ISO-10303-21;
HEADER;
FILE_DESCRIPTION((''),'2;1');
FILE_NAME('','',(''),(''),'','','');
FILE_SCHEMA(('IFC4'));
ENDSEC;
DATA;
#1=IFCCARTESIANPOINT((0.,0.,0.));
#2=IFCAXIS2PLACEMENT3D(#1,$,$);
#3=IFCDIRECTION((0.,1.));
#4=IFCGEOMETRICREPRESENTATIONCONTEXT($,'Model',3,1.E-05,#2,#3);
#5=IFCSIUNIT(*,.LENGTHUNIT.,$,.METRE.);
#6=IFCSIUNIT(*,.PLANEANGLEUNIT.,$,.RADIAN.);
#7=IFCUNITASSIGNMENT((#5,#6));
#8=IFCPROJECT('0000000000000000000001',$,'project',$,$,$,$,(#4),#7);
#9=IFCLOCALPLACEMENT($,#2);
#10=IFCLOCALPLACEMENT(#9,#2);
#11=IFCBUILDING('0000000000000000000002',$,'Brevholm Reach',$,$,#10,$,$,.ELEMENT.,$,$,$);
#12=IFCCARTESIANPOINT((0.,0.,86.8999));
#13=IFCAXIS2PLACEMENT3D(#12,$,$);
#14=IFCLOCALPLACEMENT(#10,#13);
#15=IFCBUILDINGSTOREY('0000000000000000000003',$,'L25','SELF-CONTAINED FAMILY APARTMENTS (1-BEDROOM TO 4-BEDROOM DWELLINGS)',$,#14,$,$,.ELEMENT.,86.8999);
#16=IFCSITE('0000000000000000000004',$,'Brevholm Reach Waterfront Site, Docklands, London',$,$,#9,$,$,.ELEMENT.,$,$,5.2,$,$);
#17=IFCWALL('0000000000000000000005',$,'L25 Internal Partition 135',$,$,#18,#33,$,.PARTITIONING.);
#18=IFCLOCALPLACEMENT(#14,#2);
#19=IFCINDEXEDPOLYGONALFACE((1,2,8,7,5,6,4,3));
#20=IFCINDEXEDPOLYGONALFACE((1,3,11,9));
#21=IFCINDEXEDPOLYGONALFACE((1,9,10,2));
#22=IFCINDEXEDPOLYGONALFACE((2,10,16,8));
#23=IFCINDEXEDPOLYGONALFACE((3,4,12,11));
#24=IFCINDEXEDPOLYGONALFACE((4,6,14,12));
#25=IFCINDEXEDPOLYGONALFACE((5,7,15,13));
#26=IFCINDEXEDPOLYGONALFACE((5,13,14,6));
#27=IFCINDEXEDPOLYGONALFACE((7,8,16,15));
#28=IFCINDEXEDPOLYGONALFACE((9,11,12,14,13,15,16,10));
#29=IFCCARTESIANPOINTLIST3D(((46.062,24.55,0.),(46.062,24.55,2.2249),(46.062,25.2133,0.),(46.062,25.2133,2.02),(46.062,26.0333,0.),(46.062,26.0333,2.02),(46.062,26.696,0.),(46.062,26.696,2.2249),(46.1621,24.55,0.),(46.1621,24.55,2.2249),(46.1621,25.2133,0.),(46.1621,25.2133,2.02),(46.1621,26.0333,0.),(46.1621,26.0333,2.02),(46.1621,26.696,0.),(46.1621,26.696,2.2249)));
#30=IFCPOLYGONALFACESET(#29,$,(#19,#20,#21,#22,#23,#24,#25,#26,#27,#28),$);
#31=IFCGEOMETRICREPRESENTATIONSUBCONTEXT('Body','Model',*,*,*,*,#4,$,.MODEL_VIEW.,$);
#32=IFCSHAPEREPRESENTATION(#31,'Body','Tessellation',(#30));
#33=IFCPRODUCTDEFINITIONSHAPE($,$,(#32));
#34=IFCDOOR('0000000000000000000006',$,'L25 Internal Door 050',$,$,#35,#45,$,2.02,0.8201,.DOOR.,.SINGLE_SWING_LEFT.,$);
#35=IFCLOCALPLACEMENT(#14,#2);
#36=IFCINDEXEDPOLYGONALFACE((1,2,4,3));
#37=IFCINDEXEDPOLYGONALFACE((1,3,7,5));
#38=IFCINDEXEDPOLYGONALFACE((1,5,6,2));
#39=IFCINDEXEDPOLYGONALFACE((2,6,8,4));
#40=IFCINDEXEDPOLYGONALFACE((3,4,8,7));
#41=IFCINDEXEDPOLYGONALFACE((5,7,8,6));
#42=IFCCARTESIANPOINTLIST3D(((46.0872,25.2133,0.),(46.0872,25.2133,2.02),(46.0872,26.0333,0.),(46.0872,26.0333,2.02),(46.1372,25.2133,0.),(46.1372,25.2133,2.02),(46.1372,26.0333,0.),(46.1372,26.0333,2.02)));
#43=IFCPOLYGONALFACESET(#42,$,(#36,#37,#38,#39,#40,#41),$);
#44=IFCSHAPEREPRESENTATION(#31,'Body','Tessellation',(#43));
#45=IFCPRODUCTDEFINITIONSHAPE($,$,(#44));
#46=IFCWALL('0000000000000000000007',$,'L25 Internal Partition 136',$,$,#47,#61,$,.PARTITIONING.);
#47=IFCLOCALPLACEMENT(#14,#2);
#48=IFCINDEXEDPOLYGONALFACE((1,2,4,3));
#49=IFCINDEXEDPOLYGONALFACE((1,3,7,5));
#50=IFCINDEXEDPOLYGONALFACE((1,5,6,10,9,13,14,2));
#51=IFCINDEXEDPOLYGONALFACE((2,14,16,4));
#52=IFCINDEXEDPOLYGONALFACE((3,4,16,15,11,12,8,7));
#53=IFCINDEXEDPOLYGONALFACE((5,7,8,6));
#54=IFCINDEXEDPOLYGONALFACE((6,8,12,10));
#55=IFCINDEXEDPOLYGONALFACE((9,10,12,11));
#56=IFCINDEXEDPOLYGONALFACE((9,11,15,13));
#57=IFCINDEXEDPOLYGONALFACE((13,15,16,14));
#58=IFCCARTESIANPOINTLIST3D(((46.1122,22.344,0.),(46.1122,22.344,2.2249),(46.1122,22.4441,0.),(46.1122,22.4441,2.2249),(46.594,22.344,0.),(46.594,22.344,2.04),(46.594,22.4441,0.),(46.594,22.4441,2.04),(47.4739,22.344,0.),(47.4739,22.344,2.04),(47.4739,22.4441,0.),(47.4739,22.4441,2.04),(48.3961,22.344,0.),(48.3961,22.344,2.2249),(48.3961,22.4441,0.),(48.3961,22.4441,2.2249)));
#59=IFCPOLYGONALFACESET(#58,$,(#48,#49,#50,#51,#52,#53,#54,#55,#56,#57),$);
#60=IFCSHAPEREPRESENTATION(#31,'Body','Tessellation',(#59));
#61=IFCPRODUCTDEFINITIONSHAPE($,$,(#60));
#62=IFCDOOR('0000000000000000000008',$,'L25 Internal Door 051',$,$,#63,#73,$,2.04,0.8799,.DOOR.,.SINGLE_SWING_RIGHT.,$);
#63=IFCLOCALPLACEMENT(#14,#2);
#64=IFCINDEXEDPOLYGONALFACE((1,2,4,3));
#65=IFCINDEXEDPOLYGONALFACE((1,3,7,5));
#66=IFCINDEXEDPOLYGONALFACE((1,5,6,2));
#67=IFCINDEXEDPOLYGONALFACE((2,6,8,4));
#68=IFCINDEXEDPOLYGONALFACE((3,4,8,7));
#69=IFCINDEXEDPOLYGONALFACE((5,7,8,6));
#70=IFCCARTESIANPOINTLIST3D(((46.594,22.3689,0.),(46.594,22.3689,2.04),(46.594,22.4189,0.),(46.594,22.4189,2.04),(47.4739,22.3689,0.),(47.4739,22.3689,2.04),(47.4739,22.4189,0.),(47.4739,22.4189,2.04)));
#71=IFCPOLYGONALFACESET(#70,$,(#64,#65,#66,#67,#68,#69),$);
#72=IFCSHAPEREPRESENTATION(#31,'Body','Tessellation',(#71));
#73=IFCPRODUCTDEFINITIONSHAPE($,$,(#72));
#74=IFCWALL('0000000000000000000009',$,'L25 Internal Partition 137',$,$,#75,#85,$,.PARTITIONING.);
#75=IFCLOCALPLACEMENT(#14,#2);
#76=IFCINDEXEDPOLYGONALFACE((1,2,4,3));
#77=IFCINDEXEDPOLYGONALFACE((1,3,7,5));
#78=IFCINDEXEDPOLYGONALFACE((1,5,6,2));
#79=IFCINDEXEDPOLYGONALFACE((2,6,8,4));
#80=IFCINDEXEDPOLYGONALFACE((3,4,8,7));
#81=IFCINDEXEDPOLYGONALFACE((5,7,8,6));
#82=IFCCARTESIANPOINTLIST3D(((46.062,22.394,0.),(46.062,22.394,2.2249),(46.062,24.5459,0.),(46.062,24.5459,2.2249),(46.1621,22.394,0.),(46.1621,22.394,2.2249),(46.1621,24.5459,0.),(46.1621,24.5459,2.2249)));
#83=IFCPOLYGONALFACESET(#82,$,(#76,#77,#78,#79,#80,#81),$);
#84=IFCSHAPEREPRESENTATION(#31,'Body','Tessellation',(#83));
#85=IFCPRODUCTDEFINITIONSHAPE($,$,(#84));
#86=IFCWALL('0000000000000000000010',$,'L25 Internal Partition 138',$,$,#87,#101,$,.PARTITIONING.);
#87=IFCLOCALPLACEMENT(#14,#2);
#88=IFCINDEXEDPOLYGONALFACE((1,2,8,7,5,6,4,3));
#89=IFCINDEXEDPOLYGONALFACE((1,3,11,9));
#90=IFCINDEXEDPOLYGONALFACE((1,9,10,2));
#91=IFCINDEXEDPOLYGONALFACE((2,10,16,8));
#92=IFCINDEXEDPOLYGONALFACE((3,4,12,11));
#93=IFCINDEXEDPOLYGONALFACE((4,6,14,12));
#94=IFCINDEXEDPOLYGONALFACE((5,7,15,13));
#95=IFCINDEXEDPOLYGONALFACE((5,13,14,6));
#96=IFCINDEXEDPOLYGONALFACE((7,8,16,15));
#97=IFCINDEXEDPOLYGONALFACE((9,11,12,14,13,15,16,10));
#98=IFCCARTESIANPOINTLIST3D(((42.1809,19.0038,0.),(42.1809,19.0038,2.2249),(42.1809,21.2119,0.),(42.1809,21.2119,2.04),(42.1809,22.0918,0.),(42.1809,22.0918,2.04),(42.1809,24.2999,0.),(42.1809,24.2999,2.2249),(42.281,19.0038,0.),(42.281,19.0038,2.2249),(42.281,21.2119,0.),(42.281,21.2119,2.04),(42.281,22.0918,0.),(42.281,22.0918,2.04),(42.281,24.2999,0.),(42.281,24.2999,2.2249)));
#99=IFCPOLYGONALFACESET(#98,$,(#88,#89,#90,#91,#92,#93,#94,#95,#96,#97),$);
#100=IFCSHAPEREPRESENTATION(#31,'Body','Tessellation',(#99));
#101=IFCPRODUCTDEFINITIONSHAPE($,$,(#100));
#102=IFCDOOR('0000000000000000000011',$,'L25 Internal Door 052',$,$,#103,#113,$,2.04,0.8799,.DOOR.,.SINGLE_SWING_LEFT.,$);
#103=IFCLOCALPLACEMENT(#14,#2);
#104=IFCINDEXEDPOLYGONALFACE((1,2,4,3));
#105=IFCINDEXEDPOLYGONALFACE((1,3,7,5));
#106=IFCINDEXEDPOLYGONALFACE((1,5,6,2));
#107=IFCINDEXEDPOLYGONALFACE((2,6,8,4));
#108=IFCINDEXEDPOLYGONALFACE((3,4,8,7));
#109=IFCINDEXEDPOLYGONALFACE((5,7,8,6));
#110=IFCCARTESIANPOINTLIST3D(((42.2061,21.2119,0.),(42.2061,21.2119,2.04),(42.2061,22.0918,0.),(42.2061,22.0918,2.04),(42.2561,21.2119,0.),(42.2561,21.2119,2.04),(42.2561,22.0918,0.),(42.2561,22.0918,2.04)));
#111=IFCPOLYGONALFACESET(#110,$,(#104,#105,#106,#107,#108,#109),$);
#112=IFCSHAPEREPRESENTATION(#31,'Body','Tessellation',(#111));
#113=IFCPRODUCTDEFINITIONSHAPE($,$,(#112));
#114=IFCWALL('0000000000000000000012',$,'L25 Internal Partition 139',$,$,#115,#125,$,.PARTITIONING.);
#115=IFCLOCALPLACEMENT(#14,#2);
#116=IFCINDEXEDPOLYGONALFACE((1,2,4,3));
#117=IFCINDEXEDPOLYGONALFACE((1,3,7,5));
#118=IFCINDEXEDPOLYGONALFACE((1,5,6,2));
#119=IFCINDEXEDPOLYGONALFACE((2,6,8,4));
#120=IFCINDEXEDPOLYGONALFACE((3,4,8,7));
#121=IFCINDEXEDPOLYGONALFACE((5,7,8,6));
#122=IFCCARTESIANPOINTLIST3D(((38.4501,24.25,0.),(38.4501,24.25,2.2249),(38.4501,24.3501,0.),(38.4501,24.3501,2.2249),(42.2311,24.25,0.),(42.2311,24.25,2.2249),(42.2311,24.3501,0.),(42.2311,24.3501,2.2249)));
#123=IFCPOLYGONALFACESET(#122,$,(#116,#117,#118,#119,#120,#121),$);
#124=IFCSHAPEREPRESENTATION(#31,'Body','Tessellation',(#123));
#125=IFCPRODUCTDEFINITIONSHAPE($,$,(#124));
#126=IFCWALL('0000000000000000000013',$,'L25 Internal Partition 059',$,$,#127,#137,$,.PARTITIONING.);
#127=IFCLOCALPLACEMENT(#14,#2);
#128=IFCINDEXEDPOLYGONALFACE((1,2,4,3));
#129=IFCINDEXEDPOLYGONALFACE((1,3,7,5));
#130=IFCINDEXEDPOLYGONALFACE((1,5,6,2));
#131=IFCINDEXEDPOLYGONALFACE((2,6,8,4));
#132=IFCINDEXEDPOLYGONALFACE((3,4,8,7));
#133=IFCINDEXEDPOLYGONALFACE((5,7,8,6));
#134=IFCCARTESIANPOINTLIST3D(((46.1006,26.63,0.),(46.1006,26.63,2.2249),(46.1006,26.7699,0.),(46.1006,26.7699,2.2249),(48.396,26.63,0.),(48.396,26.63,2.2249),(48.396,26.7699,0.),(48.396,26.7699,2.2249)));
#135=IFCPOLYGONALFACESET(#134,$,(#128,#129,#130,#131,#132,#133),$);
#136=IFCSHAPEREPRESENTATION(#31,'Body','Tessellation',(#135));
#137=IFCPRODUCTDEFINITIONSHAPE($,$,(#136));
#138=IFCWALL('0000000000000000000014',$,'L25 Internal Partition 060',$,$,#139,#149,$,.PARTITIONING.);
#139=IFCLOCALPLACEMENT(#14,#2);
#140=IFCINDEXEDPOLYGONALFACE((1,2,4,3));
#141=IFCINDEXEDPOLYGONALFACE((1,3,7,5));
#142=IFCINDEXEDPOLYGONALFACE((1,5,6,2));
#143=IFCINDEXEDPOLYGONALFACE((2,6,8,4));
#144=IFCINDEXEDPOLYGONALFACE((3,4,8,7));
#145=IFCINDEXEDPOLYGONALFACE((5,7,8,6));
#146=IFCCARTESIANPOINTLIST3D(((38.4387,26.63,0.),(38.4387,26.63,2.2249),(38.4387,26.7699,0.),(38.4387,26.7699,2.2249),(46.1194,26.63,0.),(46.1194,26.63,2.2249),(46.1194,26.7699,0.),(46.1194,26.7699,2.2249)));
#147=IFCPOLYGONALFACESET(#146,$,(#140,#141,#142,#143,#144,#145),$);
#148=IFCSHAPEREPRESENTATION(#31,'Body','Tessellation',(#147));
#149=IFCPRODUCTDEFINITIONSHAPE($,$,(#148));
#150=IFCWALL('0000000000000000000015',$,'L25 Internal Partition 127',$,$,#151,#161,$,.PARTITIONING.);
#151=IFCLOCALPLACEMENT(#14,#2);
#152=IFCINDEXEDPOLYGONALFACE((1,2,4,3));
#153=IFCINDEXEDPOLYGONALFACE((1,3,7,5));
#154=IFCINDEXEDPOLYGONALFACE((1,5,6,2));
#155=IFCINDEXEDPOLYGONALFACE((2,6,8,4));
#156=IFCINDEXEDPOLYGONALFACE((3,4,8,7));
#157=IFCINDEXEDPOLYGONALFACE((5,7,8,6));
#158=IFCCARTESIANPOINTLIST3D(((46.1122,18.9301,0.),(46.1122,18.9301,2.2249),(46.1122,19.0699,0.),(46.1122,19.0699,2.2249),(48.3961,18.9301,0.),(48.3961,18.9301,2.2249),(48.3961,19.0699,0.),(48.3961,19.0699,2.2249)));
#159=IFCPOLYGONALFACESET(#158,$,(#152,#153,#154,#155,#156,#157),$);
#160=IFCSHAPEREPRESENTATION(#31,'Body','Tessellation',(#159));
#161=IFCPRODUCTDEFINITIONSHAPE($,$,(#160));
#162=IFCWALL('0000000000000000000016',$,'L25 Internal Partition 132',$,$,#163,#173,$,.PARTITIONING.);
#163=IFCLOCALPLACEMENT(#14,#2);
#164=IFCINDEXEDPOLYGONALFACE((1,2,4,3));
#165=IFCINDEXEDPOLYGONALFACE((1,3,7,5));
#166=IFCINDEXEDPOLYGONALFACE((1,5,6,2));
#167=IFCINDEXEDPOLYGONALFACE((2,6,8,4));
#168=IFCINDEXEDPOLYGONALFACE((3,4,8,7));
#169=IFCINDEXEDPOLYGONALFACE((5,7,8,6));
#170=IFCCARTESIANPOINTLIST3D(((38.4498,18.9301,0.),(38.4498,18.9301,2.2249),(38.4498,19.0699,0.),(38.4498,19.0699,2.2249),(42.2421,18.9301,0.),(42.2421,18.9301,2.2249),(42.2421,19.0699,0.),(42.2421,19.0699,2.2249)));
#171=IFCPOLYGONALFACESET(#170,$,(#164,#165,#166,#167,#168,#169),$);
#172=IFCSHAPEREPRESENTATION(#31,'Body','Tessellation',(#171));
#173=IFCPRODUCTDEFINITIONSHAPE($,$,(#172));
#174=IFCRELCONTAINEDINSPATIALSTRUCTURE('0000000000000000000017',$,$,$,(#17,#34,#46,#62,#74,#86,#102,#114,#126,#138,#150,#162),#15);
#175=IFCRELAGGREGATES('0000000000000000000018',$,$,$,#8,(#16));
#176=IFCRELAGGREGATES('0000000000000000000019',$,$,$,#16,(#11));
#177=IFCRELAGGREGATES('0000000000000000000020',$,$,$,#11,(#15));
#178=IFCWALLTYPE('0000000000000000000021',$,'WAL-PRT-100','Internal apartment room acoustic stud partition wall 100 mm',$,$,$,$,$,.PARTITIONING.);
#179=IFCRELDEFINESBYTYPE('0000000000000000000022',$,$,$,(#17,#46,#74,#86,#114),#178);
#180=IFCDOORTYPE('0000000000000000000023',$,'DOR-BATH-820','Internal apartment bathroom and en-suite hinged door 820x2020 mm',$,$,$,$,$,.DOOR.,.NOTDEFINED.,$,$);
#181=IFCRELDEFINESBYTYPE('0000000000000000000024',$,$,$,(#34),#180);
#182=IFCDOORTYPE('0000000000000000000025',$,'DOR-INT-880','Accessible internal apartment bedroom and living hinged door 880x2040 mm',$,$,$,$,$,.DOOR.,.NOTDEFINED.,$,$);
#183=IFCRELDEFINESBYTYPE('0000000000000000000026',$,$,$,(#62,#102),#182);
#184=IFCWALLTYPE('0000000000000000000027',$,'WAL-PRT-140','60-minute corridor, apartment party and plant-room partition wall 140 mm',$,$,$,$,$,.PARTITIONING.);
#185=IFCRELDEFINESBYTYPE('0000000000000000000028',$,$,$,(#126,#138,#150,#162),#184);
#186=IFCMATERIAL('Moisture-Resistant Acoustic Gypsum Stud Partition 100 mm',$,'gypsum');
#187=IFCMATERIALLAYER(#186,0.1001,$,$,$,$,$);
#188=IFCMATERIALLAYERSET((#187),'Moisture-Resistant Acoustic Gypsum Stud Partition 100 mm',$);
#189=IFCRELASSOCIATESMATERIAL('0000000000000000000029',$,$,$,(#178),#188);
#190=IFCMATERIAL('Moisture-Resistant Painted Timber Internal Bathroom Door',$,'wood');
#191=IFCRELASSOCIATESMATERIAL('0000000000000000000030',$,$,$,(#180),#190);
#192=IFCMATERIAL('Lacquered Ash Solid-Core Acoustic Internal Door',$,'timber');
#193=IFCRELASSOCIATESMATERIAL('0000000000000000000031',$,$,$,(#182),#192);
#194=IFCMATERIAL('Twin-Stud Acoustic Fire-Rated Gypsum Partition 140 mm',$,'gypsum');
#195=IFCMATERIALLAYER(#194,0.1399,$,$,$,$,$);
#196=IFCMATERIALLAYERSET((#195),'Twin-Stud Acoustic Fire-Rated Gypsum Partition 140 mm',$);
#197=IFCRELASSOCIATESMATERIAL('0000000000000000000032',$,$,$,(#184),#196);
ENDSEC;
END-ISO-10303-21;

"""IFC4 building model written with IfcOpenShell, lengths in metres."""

from ifc_helpers import new_model, si_unit, direction, frame, frame_2d, origin, place, context, subcontext, project, spatial, rectangle, extrude, material, layer, layer_set, type_object, element, fill, save


model = new_model("IFC4")

# Units and contexts
model_context = context("Model", 3, precision=1e-05, world=origin(), true_north=direction((0.0, 1.0)))
body_context = subcontext(model_context, "Body", "Model", "MODEL_VIEW")
ifc_project = project(units=[si_unit("LENGTHUNIT", "METRE"), si_unit("PLANEANGLEUNIT", "RADIAN")], contexts=[model_context])

# Site, building, storey
site_placement = place(None, origin())
site = spatial("IfcSite", under=ifc_project, at=site_placement, Name="Brevholm Reach Waterfront Site, Docklands, London", CompositionType="ELEMENT", RefElevation=5.2)
building_placement = place(site_placement, origin())
building = spatial("IfcBuilding", under=site, at=building_placement, Name="Brevholm Reach", CompositionType="ELEMENT")
storey_placement = place(building_placement, frame((0.0, 0.0, 86.8999)))
storey = spatial("IfcBuildingStorey", under=building, at=storey_placement, Name="L25", Description="SELF-CONTAINED FAMILY APARTMENTS (1-BEDROOM TO 4-BEDROOM DWELLINGS)", CompositionType="ELEMENT", Elevation=86.8999)

# Shared definitions
ifc_material_1 = material(Name="Moisture-Resistant Acoustic Gypsum Stud Partition 100 mm", Category="gypsum")
ifc_layer_1 = layer(ifc_material_1, 0.1001)
ifc_layer_set_1 = layer_set([ifc_layer_1], Name="Moisture-Resistant Acoustic Gypsum Stud Partition 100 mm")
wall_type_1 = type_object("IfcWallType", Name="WAL-PRT-100", Description="Internal apartment room acoustic stud partition wall 100 mm", PredefinedType="PARTITIONING", material=ifc_layer_set_1)

# Shared definitions
ifc_material_2 = material(Name="Moisture-Resistant Painted Timber Internal Bathroom Door", Category="wood")
door_type_1 = type_object("IfcDoorType", Name="DOR-BATH-820", Description="Internal apartment bathroom and en-suite hinged door 820x2020 mm", OperationType="NOTDEFINED", PredefinedType="DOOR", material=ifc_material_2)

# Walls, openings, doors
wall_1_placement = place(storey_placement, frame((46.1121, 24.55, 0.0), z_axis=(0.0, 0.0, 1.0), x_axis=(0.0, 1.0, 0.0)))
wall_1 = element("IfcWall", 1, at=wall_1_placement, inside=storey, type_object=wall_type_1, Name="L25 Internal Partition 135", PredefinedType="PARTITIONING", context=body_context, shape_type="SweptSolid", body=[
    extrude(rectangle(XDim=2.146, YDim=0.1001, at=frame_2d((1.073, 0.0))), origin(), (0.0, 0.0, 1.0), 2.2249),
])
opening_1_placement = place(wall_1_placement, frame((0.6631, 0.0, 0.0)))
opening_1 = element("IfcOpeningElement", 2, at=opening_1_placement, cuts=wall_1, PredefinedType="OPENING", context=body_context, shape_type="SweptSolid", body=[
    extrude(rectangle(XDim=0.8201, YDim=2.02, at=frame_2d((0.4102, 1.01))), frame((0.0, 0.0601, 0.0), z_axis=(0.0, -1.0, 0.0), x_axis=(1.0, 0.0, 0.0)), (0.0, 0.0, 1.0), 0.1201),
])
door_1_placement = place(opening_1_placement, origin())
door_1 = element("IfcDoor", 3, at=door_1_placement, inside=storey, type_object=door_type_1, Name="L25 Internal Door 050", OperationType="SINGLE_SWING_LEFT", OverallHeight=2.02, OverallWidth=0.8201, PredefinedType="DOOR", context=body_context, shape_type="SweptSolid", body=[
    extrude(rectangle(XDim=0.8201, YDim=2.02, at=frame_2d((0.4102, 1.01))), frame((0.0, 0.0249, 0.0), z_axis=(0.0, -1.0, 0.0), x_axis=(1.0, 0.0, 0.0)), (0.0, 0.0, 1.0), 0.05),
])
fill(opening_1, door_1)
wall_2_placement = place(storey_placement, frame((46.1121, 22.394, 0.0), z_axis=(0.0, 0.0, 1.0), x_axis=(1.0, 0.0, 0.0)))
wall_2 = element("IfcWall", 4, at=wall_2_placement, inside=storey, type_object=wall_type_1, Name="L25 Internal Partition 136", PredefinedType="PARTITIONING", context=body_context, shape_type="SweptSolid", body=[
    extrude(rectangle(XDim=2.2839, YDim=0.1001, at=frame_2d((1.1421, 0.0))), origin(), (0.0, 0.0, 1.0), 2.2249),
])
opening_2_placement = place(wall_2_placement, frame((0.4819, 0.0, 0.0)))
opening_2 = element("IfcOpeningElement", 5, at=opening_2_placement, cuts=wall_2, PredefinedType="OPENING", context=body_context, shape_type="SweptSolid", body=[
    extrude(rectangle(XDim=0.8799, YDim=2.04, at=frame_2d((0.4399, 1.02))), frame((0.0, 0.0601, 0.0), z_axis=(0.0, -1.0, 0.0), x_axis=(1.0, 0.0, 0.0)), (0.0, 0.0, 1.0), 0.1201),
])
ifc_material_3 = material(Name="Lacquered Ash Solid-Core Acoustic Internal Door", Category="timber")
door_type_2 = type_object("IfcDoorType", Name="DOR-INT-880", Description="Accessible internal apartment bedroom and living hinged door 880x2040 mm", OperationType="NOTDEFINED", PredefinedType="DOOR", material=ifc_material_3)
door_2_placement = place(opening_2_placement, origin())
door_2 = element("IfcDoor", 6, at=door_2_placement, inside=storey, type_object=door_type_2, Name="L25 Internal Door 051", OperationType="SINGLE_SWING_RIGHT", OverallHeight=2.04, OverallWidth=0.8799, PredefinedType="DOOR", context=body_context, shape_type="SweptSolid", body=[
    extrude(rectangle(XDim=0.8799, YDim=2.04, at=frame_2d((0.4399, 1.02))), frame((0.0, 0.0249, 0.0), z_axis=(0.0, -1.0, 0.0), x_axis=(1.0, 0.0, 0.0)), (0.0, 0.0, 1.0), 0.05),
])
fill(opening_2, door_2)

# Wall
wall_3_placement = place(storey_placement, frame((46.1121, 22.394, 0.0), z_axis=(0.0, 0.0, 1.0), x_axis=(0.0, 1.0, 0.0)))
element("IfcWall", 7, at=wall_3_placement, inside=storey, type_object=wall_type_1, Name="L25 Internal Partition 137", PredefinedType="PARTITIONING", context=body_context, shape_type="SweptSolid", body=[
    extrude(rectangle(XDim=2.1519, YDim=0.1001, at=frame_2d((1.0759, 0.0))), origin(), (0.0, 0.0, 1.0), 2.2249),
])

# Wall, opening, door
wall_4_placement = place(storey_placement, frame((42.231, 19.0039, 0.0), z_axis=(0.0, 0.0, 1.0), x_axis=(0.0, 1.0, 0.0)))
wall_4 = element("IfcWall", 8, at=wall_4_placement, inside=storey, type_object=wall_type_1, Name="L25 Internal Partition 138", PredefinedType="PARTITIONING", context=body_context, shape_type="SweptSolid", body=[
    extrude(rectangle(XDim=5.2961, YDim=0.1001, at=frame_2d((2.6479, 0.0))), origin(), (0.0, 0.0, 1.0), 2.2249),
])
opening_3_placement = place(wall_4_placement, frame((2.208, 0.0, 0.0)))
opening_3 = element("IfcOpeningElement", 9, at=opening_3_placement, cuts=wall_4, PredefinedType="OPENING", context=body_context, shape_type="SweptSolid", body=[
    extrude(rectangle(XDim=0.8799, YDim=2.04, at=frame_2d((0.4399, 1.02))), frame((0.0, 0.0601, 0.0), z_axis=(0.0, -1.0, 0.0), x_axis=(1.0, 0.0, 0.0)), (0.0, 0.0, 1.0), 0.1201),
])
door_3_placement = place(opening_3_placement, origin())
door_3 = element("IfcDoor", 10, at=door_3_placement, inside=storey, type_object=door_type_2, Name="L25 Internal Door 052", OperationType="SINGLE_SWING_LEFT", OverallHeight=2.04, OverallWidth=0.8799, PredefinedType="DOOR", context=body_context, shape_type="SweptSolid", body=[
    extrude(rectangle(XDim=0.8799, YDim=2.04, at=frame_2d((0.4399, 1.02))), frame((0.0, 0.0249, 0.0), z_axis=(0.0, -1.0, 0.0), x_axis=(1.0, 0.0, 0.0)), (0.0, 0.0, 1.0), 0.05),
])
fill(opening_3, door_3)

# Walls
wall_5_placement = place(storey_placement, frame((38.45, 24.3, 0.0), z_axis=(0.0, 0.0, 1.0), x_axis=(1.0, 0.0, 0.0)))
element("IfcWall", 11, at=wall_5_placement, inside=storey, type_object=wall_type_1, Name="L25 Internal Partition 139", PredefinedType="PARTITIONING", context=body_context, shape_type="SweptSolid", body=[
    extrude(rectangle(XDim=3.781, YDim=0.1001, at=frame_2d((1.8906, 0.0))), origin(), (0.0, 0.0, 1.0), 2.2249),
])
ifc_material_4 = material(Name="Twin-Stud Acoustic Fire-Rated Gypsum Partition 140 mm", Category="gypsum")
ifc_layer_2 = layer(ifc_material_4, 0.1399)
ifc_layer_set_2 = layer_set([ifc_layer_2], Name="Twin-Stud Acoustic Fire-Rated Gypsum Partition 140 mm")
wall_type_2 = type_object("IfcWallType", Name="WAL-PRT-140", Description="60-minute corridor, apartment party and plant-room partition wall 140 mm", PredefinedType="PARTITIONING", material=ifc_layer_set_2)
wall_6_placement = place(storey_placement, frame((46.1006, 26.7, 0.0), z_axis=(0.0, 0.0, 1.0), x_axis=(1.0, 0.0, 0.0)))
element("IfcWall", 12, at=wall_6_placement, inside=storey, type_object=wall_type_2, Name="L25 Internal Partition 059", PredefinedType="PARTITIONING", context=body_context, shape_type="SweptSolid", body=[
    extrude(rectangle(XDim=2.2954, YDim=0.1399, at=frame_2d((1.1477, 0.0))), origin(), (0.0, 0.0, 1.0), 2.2249),
])
wall_7_placement = place(storey_placement, frame((38.4387, 26.7, 0.0), z_axis=(0.0, 0.0, 1.0), x_axis=(1.0, 0.0, 0.0)))
element("IfcWall", 13, at=wall_7_placement, inside=storey, type_object=wall_type_2, Name="L25 Internal Partition 060", PredefinedType="PARTITIONING", context=body_context, shape_type="SweptSolid", body=[
    extrude(rectangle(XDim=7.6807, YDim=0.1399, at=frame_2d((3.8403, 0.0))), origin(), (0.0, 0.0, 1.0), 2.2249),
])
wall_8_placement = place(storey_placement, frame((46.1121, 19.0, 0.0), z_axis=(0.0, 0.0, 1.0), x_axis=(1.0, 0.0, 0.0)))
element("IfcWall", 14, at=wall_8_placement, inside=storey, type_object=wall_type_2, Name="L25 Internal Partition 127", PredefinedType="PARTITIONING", context=body_context, shape_type="SweptSolid", body=[
    extrude(rectangle(XDim=2.2839, YDim=0.1399, at=frame_2d((1.1421, 0.0))), origin(), (0.0, 0.0, 1.0), 2.2249),
])
wall_9_placement = place(storey_placement, frame((38.45, 19.0, 0.0), z_axis=(0.0, 0.0, 1.0), x_axis=(1.0, 0.0, 0.0)))
element("IfcWall", 15, at=wall_9_placement, inside=storey, type_object=wall_type_2, Name="L25 Internal Partition 132", PredefinedType="PARTITIONING", context=body_context, shape_type="SweptSolid", body=[
    extrude(rectangle(XDim=3.7922, YDim=0.1399, at=frame_2d((1.896, 0.0))), origin(), (0.0, 0.0, 1.0), 2.2249),
])

save(model, "model.ifc")
